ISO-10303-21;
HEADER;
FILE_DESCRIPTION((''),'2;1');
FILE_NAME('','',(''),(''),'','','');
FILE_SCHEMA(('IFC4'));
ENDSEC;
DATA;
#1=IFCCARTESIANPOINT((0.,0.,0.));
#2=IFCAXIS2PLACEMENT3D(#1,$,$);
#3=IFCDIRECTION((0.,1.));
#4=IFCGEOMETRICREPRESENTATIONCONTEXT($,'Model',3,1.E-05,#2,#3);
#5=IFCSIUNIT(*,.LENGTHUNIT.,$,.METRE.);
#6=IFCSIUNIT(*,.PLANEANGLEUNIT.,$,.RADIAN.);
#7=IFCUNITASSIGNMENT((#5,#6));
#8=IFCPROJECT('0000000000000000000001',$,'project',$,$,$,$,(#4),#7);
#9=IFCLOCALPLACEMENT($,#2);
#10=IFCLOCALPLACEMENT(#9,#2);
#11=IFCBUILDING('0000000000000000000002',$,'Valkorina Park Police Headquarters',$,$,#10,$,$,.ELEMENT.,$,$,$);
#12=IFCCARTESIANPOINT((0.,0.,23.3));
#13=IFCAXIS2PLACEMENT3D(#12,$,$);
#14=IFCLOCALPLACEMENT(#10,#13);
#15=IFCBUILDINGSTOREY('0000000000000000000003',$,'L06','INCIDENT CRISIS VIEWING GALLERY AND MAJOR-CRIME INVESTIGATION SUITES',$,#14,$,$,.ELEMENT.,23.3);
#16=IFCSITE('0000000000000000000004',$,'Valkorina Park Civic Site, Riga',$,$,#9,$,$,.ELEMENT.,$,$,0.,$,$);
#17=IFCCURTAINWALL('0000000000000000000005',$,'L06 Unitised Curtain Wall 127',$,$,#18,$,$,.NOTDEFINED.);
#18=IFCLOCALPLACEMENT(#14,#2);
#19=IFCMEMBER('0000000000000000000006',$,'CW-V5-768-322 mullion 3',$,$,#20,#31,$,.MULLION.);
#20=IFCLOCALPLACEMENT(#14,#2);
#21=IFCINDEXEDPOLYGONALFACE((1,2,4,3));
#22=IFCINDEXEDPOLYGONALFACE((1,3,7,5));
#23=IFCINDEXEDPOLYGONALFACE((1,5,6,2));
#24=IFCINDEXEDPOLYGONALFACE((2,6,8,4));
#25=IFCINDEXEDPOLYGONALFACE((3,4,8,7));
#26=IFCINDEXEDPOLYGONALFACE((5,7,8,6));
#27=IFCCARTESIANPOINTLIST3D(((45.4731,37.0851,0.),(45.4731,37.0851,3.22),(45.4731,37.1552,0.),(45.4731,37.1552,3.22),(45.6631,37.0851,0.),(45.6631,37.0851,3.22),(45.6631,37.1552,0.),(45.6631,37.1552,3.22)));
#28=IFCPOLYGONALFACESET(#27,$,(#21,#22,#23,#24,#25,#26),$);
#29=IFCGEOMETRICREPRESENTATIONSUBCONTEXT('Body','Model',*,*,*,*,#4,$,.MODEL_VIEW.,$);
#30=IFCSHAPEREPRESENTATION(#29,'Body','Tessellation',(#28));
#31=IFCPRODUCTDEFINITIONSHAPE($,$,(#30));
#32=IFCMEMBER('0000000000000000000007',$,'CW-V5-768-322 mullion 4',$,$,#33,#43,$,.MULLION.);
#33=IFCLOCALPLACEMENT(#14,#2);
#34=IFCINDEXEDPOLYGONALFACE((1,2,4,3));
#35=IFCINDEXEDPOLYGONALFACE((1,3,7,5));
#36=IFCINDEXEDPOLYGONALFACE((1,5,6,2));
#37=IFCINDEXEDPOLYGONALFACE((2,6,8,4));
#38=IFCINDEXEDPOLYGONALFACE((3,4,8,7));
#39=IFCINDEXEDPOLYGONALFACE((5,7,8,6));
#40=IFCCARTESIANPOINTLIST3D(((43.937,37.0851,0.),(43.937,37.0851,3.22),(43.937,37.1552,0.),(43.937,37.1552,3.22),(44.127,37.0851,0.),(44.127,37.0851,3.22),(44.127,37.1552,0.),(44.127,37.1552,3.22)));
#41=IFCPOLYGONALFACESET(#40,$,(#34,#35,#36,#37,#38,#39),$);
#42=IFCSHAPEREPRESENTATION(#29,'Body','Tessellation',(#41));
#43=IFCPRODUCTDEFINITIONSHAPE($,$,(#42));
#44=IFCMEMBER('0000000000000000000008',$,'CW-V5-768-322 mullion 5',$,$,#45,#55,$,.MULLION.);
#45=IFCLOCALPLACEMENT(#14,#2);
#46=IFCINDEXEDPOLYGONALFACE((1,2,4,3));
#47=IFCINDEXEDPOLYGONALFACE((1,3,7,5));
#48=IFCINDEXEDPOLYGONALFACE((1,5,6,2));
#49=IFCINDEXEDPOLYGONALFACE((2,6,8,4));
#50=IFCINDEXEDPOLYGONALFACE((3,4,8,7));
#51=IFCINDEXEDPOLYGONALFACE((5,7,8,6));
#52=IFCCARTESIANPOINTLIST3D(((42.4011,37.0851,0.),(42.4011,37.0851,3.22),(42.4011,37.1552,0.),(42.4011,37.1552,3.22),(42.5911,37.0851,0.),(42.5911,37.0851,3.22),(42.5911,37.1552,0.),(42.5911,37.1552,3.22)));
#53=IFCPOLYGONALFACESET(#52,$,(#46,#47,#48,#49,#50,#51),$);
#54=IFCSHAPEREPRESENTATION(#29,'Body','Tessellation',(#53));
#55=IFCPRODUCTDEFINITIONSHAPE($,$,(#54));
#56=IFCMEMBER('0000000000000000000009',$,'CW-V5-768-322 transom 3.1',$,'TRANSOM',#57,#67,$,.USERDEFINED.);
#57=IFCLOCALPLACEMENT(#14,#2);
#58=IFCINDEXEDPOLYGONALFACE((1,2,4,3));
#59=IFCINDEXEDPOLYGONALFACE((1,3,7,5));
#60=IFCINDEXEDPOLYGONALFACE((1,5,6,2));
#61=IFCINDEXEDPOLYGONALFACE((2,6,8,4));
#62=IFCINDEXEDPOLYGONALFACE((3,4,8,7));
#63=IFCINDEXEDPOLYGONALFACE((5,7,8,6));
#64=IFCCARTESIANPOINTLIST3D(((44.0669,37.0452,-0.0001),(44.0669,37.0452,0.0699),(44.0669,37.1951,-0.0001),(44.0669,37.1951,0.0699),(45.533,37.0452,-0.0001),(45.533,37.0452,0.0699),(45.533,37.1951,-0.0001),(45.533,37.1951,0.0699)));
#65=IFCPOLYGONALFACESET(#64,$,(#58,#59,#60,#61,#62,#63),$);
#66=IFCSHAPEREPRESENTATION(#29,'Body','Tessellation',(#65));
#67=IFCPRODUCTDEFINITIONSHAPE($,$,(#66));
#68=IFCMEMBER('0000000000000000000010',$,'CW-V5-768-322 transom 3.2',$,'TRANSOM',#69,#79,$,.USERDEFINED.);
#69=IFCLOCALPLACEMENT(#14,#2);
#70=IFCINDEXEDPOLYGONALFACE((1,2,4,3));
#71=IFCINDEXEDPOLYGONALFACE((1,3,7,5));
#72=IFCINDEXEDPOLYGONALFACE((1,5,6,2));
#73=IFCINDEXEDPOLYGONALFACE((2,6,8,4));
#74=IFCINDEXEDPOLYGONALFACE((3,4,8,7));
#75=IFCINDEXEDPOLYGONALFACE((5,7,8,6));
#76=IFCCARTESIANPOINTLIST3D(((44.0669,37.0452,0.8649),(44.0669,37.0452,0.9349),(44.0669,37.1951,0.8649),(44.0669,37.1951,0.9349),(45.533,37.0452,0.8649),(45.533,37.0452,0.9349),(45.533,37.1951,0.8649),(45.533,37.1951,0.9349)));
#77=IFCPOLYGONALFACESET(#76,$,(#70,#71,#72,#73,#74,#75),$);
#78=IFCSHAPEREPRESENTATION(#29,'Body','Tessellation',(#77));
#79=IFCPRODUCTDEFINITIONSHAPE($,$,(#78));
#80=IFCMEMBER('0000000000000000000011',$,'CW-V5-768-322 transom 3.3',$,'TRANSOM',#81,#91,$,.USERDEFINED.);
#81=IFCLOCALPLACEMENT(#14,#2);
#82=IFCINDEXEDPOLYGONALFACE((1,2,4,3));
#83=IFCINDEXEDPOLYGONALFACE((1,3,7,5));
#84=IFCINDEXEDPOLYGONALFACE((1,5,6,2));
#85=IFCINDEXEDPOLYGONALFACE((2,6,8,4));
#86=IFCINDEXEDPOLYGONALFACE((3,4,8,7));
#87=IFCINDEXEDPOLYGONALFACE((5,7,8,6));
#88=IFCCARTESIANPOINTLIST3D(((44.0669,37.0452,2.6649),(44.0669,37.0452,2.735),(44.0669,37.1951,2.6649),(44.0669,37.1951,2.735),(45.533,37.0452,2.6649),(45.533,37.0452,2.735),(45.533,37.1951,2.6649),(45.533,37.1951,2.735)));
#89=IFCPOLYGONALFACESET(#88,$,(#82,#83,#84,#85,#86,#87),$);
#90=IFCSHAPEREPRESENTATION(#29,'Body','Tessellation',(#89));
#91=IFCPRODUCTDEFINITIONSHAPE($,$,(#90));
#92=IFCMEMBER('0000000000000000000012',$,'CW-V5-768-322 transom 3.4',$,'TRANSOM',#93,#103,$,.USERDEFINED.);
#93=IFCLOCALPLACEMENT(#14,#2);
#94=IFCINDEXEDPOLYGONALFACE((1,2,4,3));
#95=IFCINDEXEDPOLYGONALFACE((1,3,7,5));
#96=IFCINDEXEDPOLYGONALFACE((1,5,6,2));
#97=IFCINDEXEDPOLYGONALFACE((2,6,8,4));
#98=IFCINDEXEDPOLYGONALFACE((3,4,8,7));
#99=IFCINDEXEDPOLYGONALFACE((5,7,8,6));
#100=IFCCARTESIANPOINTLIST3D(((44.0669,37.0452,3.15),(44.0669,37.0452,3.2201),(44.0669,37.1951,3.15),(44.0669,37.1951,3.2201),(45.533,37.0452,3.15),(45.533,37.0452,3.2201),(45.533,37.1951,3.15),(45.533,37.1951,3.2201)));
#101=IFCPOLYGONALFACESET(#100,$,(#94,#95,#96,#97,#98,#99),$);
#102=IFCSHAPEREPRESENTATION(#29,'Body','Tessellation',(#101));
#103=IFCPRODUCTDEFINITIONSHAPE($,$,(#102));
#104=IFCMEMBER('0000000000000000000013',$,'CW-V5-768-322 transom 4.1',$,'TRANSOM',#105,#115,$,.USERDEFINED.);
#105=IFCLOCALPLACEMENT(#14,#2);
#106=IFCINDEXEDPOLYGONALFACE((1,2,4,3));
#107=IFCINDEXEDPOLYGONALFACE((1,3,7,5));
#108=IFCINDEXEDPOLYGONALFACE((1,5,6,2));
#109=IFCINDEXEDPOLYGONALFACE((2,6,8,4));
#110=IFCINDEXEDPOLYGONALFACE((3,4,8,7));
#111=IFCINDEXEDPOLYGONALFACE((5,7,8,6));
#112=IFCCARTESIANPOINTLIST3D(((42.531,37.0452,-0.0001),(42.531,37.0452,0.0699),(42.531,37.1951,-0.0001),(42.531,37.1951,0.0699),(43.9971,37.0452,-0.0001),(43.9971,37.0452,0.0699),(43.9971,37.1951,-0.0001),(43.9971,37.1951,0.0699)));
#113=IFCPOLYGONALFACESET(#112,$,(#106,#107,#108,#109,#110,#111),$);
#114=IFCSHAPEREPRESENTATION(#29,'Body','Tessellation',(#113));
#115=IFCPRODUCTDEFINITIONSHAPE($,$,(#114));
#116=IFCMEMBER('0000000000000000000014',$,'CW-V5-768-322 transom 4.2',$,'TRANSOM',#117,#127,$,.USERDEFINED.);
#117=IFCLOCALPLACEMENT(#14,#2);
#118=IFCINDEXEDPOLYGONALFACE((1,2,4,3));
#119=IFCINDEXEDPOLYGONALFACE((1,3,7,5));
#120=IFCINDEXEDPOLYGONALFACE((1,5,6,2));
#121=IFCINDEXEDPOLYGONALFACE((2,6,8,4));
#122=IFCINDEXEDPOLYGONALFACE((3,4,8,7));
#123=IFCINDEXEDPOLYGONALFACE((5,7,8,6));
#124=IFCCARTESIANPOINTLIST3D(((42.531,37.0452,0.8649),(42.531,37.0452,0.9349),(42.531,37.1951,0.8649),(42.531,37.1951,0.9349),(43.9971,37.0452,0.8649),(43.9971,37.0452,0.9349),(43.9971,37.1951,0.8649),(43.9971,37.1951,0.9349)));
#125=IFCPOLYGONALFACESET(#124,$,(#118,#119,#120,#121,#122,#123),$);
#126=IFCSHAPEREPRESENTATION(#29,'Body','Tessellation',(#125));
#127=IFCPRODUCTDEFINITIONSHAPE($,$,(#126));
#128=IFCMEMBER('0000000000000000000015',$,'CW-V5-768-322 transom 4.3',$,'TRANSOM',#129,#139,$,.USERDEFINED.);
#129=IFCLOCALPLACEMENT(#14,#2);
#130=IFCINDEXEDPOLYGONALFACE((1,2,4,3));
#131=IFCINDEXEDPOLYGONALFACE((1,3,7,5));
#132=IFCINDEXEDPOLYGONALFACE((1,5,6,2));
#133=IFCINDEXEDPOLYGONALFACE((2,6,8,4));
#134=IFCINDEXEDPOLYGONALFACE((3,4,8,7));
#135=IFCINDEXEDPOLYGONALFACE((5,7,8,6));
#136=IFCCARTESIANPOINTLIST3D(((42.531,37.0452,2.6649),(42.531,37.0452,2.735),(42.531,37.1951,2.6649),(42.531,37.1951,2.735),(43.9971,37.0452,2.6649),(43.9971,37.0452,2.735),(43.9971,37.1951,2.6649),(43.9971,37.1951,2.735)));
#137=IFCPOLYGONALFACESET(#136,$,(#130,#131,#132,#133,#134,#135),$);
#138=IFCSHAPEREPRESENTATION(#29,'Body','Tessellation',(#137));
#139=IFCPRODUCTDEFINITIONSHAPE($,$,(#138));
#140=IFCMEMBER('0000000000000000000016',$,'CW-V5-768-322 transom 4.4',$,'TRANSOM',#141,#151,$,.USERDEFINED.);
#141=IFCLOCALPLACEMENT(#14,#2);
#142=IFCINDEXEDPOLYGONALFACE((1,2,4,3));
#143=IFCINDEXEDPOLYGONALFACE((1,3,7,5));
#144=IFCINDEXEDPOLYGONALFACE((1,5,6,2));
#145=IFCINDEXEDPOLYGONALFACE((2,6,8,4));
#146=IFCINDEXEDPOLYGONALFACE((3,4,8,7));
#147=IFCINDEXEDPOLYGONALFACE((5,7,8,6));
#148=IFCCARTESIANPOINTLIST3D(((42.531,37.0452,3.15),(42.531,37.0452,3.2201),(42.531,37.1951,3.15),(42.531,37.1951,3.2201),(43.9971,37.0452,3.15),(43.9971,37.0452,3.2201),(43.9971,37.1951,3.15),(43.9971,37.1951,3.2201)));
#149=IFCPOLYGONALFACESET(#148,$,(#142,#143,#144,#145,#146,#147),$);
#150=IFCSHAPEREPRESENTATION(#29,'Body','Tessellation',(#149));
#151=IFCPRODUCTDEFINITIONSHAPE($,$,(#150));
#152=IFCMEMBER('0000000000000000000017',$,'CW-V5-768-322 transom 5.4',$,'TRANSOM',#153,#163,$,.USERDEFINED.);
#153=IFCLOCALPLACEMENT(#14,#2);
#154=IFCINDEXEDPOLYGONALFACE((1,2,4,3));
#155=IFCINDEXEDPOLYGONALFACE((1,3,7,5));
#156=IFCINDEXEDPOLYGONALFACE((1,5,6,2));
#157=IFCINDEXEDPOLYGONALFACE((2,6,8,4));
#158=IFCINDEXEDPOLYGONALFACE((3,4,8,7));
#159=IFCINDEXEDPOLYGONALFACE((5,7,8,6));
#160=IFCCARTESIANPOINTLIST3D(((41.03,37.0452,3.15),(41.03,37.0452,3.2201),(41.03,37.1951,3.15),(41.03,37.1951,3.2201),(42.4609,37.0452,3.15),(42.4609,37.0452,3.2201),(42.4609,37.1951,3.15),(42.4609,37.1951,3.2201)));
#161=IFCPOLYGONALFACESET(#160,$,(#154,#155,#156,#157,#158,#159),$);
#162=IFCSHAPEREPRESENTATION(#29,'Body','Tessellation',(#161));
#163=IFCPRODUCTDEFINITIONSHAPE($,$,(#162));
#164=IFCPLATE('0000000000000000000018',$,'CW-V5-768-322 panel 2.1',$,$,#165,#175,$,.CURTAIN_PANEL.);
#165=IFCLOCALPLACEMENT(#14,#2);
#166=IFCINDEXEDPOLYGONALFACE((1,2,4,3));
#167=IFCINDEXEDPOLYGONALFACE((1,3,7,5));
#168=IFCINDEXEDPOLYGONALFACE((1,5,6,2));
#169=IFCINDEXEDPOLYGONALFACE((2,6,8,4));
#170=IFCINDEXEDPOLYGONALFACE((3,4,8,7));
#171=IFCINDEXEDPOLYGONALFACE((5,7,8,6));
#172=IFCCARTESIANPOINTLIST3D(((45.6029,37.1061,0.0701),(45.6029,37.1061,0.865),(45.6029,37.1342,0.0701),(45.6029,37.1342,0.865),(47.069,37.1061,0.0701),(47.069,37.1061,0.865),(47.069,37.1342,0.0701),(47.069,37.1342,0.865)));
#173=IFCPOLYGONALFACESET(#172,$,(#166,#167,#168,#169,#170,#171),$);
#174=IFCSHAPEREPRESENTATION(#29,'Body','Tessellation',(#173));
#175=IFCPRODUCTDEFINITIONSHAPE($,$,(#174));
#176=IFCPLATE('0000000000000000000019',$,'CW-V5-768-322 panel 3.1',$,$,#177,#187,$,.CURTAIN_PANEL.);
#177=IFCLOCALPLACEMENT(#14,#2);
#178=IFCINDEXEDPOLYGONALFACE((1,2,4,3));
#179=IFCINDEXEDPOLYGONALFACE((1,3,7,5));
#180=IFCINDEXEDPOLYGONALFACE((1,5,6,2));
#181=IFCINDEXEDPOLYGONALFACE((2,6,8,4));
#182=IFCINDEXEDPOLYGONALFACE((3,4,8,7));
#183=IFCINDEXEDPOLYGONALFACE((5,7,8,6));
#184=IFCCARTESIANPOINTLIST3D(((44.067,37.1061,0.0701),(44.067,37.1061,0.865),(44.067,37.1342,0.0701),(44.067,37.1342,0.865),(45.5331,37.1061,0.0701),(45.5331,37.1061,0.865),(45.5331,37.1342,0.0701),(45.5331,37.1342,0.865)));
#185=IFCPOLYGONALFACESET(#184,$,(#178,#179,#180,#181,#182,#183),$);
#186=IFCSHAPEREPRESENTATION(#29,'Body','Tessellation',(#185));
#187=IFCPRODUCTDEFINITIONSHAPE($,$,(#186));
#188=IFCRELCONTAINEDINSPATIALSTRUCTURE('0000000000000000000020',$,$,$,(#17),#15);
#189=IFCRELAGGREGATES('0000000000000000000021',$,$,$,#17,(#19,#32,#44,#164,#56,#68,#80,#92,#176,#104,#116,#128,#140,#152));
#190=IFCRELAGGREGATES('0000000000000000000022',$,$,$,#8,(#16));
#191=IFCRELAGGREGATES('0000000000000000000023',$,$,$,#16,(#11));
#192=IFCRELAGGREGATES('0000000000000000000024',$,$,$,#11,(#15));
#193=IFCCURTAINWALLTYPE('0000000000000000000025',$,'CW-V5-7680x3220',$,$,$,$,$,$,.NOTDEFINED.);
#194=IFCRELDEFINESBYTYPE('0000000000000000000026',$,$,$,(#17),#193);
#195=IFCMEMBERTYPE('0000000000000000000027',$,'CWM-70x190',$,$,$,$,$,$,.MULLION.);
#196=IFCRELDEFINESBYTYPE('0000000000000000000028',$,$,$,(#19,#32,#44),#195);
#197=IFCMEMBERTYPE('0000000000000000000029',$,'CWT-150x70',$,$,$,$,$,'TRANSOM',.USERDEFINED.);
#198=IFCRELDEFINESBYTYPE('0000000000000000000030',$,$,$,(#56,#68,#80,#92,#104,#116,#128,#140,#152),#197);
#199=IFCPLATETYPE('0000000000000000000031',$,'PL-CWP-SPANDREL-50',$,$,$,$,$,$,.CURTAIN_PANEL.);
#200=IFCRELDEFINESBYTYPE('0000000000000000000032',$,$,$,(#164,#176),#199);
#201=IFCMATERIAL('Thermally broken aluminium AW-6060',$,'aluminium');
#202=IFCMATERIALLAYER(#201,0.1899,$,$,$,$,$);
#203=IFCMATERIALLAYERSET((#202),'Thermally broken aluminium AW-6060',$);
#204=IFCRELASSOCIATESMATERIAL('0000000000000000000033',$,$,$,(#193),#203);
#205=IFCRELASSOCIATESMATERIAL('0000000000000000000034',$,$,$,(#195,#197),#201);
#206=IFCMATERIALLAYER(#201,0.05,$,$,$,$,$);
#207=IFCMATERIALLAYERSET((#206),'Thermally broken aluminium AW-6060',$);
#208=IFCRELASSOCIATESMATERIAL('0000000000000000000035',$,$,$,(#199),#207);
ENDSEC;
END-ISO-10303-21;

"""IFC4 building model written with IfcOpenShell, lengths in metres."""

from ifc_helpers import new_model, si_unit, direction, frame, origin, origin_2d, place, context, subcontext, project, spatial, rectangle, extrude, material, layer, layer_set, material_profile, profile_set, type_object, element, aggregate, save


model = new_model("IFC4")

# Units and contexts
model_context = context("Model", 3, precision=1e-05, world=origin(), true_north=direction((0.0, 1.0)))
body_context = subcontext(model_context, "Body", "Model", "MODEL_VIEW")
ifc_project = project(units=[si_unit("LENGTHUNIT", "METRE"), si_unit("PLANEANGLEUNIT", "RADIAN")], contexts=[model_context])

# Site, building, storey
site_placement = place(None, origin())
site = spatial("IfcSite", under=ifc_project, at=site_placement, Name="Valkorina Park Civic Site, Riga", CompositionType="ELEMENT", RefElevation=0.0)
building_placement = place(site_placement, origin())
building = spatial("IfcBuilding", under=site, at=building_placement, Name="Valkorina Park Police Headquarters", CompositionType="ELEMENT")
storey_placement = place(building_placement, frame((0.0, 0.0, 23.3)))
storey = spatial("IfcBuildingStorey", under=building, at=storey_placement, Name="L06", Description="INCIDENT CRISIS VIEWING GALLERY AND MAJOR-CRIME INVESTIGATION SUITES", CompositionType="ELEMENT", Elevation=23.3)

# Curtain wall, members, plates
ifc_material_1 = material(Name="Thermally broken aluminium AW-6060", Category="aluminium")
ifc_layer_1 = layer(ifc_material_1, 0.1899)
ifc_layer_set_1 = layer_set([ifc_layer_1], Name="Thermally broken aluminium AW-6060")
curtain_wall_type = type_object("IfcCurtainWallType", Name="CW-V5-7680x3220", PredefinedType="NOTDEFINED", material=ifc_layer_set_1)
curtain_wall_placement = place(storey_placement, origin())
curtain_wall = element("IfcCurtainWall", 1, at=curtain_wall_placement, inside=storey, type_object=curtain_wall_type, Name="L06 Unitised Curtain Wall 127", PredefinedType="NOTDEFINED")
ifc_material_profile_1 = material_profile(ifc_material_1, rectangle(XDim=0.0701, YDim=0.1899, at=origin_2d()), Name="CWM-02 70x190")
ifc_profile_set_1 = profile_set([ifc_material_profile_1], Name="Thermally broken aluminium AW-6060")
member_type_1 = type_object("IfcMemberType", Name="CWM-70x190", PredefinedType="MULLION", material=ifc_profile_set_1)
member_1_placement = place(storey_placement, frame((45.5681, 37.1201, 0.0), z_axis=(0.0, 0.0, 1.0), x_axis=(0.0, -1.0, 0.0)))
member_1 = element("IfcMember", 2, at=member_1_placement, type_object=member_type_1, Name="CW-V5-768-322 mullion 3", PredefinedType="MULLION", context=body_context, shape_type="SweptSolid", body=[
    extrude(rectangle(XDim=0.0701, YDim=0.1899, at=origin_2d()), origin(), (0.0, 0.0, 1.0), 3.22),
])
member_2_placement = place(storey_placement, frame((44.032, 37.1201, 0.0), z_axis=(0.0, 0.0, 1.0), x_axis=(0.0, -1.0, 0.0)))
member_2 = element("IfcMember", 3, at=member_2_placement, type_object=member_type_1, Name="CW-V5-768-322 mullion 4", PredefinedType="MULLION", context=body_context, shape_type="SweptSolid", body=[
    extrude(rectangle(XDim=0.0701, YDim=0.1899, at=origin_2d()), origin(), (0.0, 0.0, 1.0), 3.22),
])
member_3_placement = place(storey_placement, frame((42.4961, 37.1201, 0.0), z_axis=(0.0, 0.0, 1.0), x_axis=(0.0, -1.0, 0.0)))
member_3 = element("IfcMember", 4, at=member_3_placement, type_object=member_type_1, Name="CW-V5-768-322 mullion 5", PredefinedType="MULLION", context=body_context, shape_type="SweptSolid", body=[
    extrude(rectangle(XDim=0.0701, YDim=0.1899, at=origin_2d()), origin(), (0.0, 0.0, 1.0), 3.22),
])
ifc_material_profile_2 = material_profile(ifc_material_1, rectangle(XDim=0.1499, YDim=0.0701, at=origin_2d()), Name="CWT-02 150x70")
ifc_profile_set_2 = profile_set([ifc_material_profile_2], Name="Thermally broken aluminium AW-6060")
member_type_2 = type_object("IfcMemberType", Name="CWT-150x70", ElementType="TRANSOM", PredefinedType="USERDEFINED", material=ifc_profile_set_2)
member_4_placement = place(storey_placement, frame((45.533, 37.1201, 0.0349), z_axis=(-1.0, 0.0, 0.0), x_axis=(0.0, -1.0, 0.0)))
member_4 = element("IfcMember", 5, at=member_4_placement, type_object=member_type_2, Name="CW-V5-768-322 transom 3.1", ObjectType="TRANSOM", PredefinedType="USERDEFINED", context=body_context, shape_type="SweptSolid", body=[
    extrude(rectangle(XDim=0.1499, YDim=0.0701, at=origin_2d()), origin(), (0.0, 0.0, 1.0), 1.4661),
])
member_5_placement = place(storey_placement, frame((45.533, 37.1201, 0.8999), z_axis=(-1.0, 0.0, 0.0), x_axis=(0.0, -1.0, 0.0)))
member_5 = element("IfcMember", 6, at=member_5_placement, type_object=member_type_2, Name="CW-V5-768-322 transom 3.2", ObjectType="TRANSOM", PredefinedType="USERDEFINED", context=body_context, shape_type="SweptSolid", body=[
    extrude(rectangle(XDim=0.1499, YDim=0.0701, at=origin_2d()), origin(), (0.0, 0.0, 1.0), 1.4661),
])
member_6_placement = place(storey_placement, frame((45.533, 37.1201, 2.7), z_axis=(-1.0, 0.0, 0.0), x_axis=(0.0, -1.0, 0.0)))
member_6 = element("IfcMember", 7, at=member_6_placement, type_object=member_type_2, Name="CW-V5-768-322 transom 3.3", ObjectType="TRANSOM", PredefinedType="USERDEFINED", context=body_context, shape_type="SweptSolid", body=[
    extrude(rectangle(XDim=0.1499, YDim=0.0701, at=origin_2d()), origin(), (0.0, 0.0, 1.0), 1.4661),
])
member_7_placement = place(storey_placement, frame((45.533, 37.1201, 3.1851), z_axis=(-1.0, 0.0, 0.0), x_axis=(0.0, -1.0, 0.0)))
member_7 = element("IfcMember", 8, at=member_7_placement, type_object=member_type_2, Name="CW-V5-768-322 transom 3.4", ObjectType="TRANSOM", PredefinedType="USERDEFINED", context=body_context, shape_type="SweptSolid", body=[
    extrude(rectangle(XDim=0.1499, YDim=0.0701, at=origin_2d()), origin(), (0.0, 0.0, 1.0), 1.4661),
])
member_8_placement = place(storey_placement, frame((43.9971, 37.1201, 0.0349), z_axis=(-1.0, 0.0, 0.0), x_axis=(0.0, -1.0, 0.0)))
member_8 = element("IfcMember", 9, at=member_8_placement, type_object=member_type_2, Name="CW-V5-768-322 transom 4.1", ObjectType="TRANSOM", PredefinedType="USERDEFINED", context=body_context, shape_type="SweptSolid", body=[
    extrude(rectangle(XDim=0.1499, YDim=0.0701, at=origin_2d()), origin(), (0.0, 0.0, 1.0), 1.4661),
])
member_9_placement = place(storey_placement, frame((43.9971, 37.1201, 0.8999), z_axis=(-1.0, 0.0, 0.0), x_axis=(0.0, -1.0, 0.0)))
member_9 = element("IfcMember", 10, at=member_9_placement, type_object=member_type_2, Name="CW-V5-768-322 transom 4.2", ObjectType="TRANSOM", PredefinedType="USERDEFINED", context=body_context, shape_type="SweptSolid", body=[
    extrude(rectangle(XDim=0.1499, YDim=0.0701, at=origin_2d()), origin(), (0.0, 0.0, 1.0), 1.4661),
])
member_10_placement = place(storey_placement, frame((43.9971, 37.1201, 2.7), z_axis=(-1.0, 0.0, 0.0), x_axis=(0.0, -1.0, 0.0)))
member_10 = element("IfcMember", 11, at=member_10_placement, type_object=member_type_2, Name="CW-V5-768-322 transom 4.3", ObjectType="TRANSOM", PredefinedType="USERDEFINED", context=body_context, shape_type="SweptSolid", body=[
    extrude(rectangle(XDim=0.1499, YDim=0.0701, at=origin_2d()), origin(), (0.0, 0.0, 1.0), 1.4661),
])
member_11_placement = place(storey_placement, frame((43.9971, 37.1201, 3.1851), z_axis=(-1.0, 0.0, 0.0), x_axis=(0.0, -1.0, 0.0)))
member_11 = element("IfcMember", 12, at=member_11_placement, type_object=member_type_2, Name="CW-V5-768-322 transom 4.4", ObjectType="TRANSOM", PredefinedType="USERDEFINED", context=body_context, shape_type="SweptSolid", body=[
    extrude(rectangle(XDim=0.1499, YDim=0.0701, at=origin_2d()), origin(), (0.0, 0.0, 1.0), 1.4661),
])
member_12_placement = place(storey_placement, frame((42.4609, 37.1201, 3.1851), z_axis=(-1.0, 0.0, 0.0), x_axis=(0.0, -1.0, 0.0)))
member_12 = element("IfcMember", 13, at=member_12_placement, type_object=member_type_2, Name="CW-V5-768-322 transom 5.4", ObjectType="TRANSOM", PredefinedType="USERDEFINED", context=body_context, shape_type="SweptSolid", body=[
    extrude(rectangle(XDim=0.1499, YDim=0.0701, at=origin_2d()), origin(), (0.0, 0.0, 1.0), 1.4309),
])
ifc_layer_2 = layer(ifc_material_1, 0.05)
ifc_layer_set_2 = layer_set([ifc_layer_2], Name="Thermally broken aluminium AW-6060")
plate_type_1 = type_object("IfcPlateType", Name="PL-CWP-SPANDREL-50", PredefinedType="CURTAIN_PANEL", material=ifc_layer_set_2)
plate_1_placement = place(storey_placement, frame((46.3359, 37.1201, 0.0701), z_axis=(0.0, 0.0, 1.0), x_axis=(-1.0, 0.0, 0.0)))
plate_1 = element("IfcPlate", 14, at=plate_1_placement, type_object=plate_type_1, Name="CW-V5-768-322 panel 2.1", PredefinedType="CURTAIN_PANEL", context=body_context, shape_type="SweptSolid", body=[
    extrude(rectangle(XDim=1.4661, YDim=0.0281, at=origin_2d()), origin(), (0.0, 0.0, 1.0), 0.7949),
])
plate_2_placement = place(storey_placement, frame((44.8, 37.1201, 0.0701), z_axis=(0.0, 0.0, 1.0), x_axis=(-1.0, 0.0, 0.0)))
plate_2 = element("IfcPlate", 15, at=plate_2_placement, type_object=plate_type_1, Name="CW-V5-768-322 panel 3.1", PredefinedType="CURTAIN_PANEL", context=body_context, shape_type="SweptSolid", body=[
    extrude(rectangle(XDim=1.4661, YDim=0.0281, at=origin_2d()), origin(), (0.0, 0.0, 1.0), 0.7949),
])
aggregate(curtain_wall, [member_1, member_2, member_3, plate_1, member_4, member_5, member_6, member_7, plate_2, member_8, member_9, member_10, member_11, member_12])

save(model, "model.ifc")
